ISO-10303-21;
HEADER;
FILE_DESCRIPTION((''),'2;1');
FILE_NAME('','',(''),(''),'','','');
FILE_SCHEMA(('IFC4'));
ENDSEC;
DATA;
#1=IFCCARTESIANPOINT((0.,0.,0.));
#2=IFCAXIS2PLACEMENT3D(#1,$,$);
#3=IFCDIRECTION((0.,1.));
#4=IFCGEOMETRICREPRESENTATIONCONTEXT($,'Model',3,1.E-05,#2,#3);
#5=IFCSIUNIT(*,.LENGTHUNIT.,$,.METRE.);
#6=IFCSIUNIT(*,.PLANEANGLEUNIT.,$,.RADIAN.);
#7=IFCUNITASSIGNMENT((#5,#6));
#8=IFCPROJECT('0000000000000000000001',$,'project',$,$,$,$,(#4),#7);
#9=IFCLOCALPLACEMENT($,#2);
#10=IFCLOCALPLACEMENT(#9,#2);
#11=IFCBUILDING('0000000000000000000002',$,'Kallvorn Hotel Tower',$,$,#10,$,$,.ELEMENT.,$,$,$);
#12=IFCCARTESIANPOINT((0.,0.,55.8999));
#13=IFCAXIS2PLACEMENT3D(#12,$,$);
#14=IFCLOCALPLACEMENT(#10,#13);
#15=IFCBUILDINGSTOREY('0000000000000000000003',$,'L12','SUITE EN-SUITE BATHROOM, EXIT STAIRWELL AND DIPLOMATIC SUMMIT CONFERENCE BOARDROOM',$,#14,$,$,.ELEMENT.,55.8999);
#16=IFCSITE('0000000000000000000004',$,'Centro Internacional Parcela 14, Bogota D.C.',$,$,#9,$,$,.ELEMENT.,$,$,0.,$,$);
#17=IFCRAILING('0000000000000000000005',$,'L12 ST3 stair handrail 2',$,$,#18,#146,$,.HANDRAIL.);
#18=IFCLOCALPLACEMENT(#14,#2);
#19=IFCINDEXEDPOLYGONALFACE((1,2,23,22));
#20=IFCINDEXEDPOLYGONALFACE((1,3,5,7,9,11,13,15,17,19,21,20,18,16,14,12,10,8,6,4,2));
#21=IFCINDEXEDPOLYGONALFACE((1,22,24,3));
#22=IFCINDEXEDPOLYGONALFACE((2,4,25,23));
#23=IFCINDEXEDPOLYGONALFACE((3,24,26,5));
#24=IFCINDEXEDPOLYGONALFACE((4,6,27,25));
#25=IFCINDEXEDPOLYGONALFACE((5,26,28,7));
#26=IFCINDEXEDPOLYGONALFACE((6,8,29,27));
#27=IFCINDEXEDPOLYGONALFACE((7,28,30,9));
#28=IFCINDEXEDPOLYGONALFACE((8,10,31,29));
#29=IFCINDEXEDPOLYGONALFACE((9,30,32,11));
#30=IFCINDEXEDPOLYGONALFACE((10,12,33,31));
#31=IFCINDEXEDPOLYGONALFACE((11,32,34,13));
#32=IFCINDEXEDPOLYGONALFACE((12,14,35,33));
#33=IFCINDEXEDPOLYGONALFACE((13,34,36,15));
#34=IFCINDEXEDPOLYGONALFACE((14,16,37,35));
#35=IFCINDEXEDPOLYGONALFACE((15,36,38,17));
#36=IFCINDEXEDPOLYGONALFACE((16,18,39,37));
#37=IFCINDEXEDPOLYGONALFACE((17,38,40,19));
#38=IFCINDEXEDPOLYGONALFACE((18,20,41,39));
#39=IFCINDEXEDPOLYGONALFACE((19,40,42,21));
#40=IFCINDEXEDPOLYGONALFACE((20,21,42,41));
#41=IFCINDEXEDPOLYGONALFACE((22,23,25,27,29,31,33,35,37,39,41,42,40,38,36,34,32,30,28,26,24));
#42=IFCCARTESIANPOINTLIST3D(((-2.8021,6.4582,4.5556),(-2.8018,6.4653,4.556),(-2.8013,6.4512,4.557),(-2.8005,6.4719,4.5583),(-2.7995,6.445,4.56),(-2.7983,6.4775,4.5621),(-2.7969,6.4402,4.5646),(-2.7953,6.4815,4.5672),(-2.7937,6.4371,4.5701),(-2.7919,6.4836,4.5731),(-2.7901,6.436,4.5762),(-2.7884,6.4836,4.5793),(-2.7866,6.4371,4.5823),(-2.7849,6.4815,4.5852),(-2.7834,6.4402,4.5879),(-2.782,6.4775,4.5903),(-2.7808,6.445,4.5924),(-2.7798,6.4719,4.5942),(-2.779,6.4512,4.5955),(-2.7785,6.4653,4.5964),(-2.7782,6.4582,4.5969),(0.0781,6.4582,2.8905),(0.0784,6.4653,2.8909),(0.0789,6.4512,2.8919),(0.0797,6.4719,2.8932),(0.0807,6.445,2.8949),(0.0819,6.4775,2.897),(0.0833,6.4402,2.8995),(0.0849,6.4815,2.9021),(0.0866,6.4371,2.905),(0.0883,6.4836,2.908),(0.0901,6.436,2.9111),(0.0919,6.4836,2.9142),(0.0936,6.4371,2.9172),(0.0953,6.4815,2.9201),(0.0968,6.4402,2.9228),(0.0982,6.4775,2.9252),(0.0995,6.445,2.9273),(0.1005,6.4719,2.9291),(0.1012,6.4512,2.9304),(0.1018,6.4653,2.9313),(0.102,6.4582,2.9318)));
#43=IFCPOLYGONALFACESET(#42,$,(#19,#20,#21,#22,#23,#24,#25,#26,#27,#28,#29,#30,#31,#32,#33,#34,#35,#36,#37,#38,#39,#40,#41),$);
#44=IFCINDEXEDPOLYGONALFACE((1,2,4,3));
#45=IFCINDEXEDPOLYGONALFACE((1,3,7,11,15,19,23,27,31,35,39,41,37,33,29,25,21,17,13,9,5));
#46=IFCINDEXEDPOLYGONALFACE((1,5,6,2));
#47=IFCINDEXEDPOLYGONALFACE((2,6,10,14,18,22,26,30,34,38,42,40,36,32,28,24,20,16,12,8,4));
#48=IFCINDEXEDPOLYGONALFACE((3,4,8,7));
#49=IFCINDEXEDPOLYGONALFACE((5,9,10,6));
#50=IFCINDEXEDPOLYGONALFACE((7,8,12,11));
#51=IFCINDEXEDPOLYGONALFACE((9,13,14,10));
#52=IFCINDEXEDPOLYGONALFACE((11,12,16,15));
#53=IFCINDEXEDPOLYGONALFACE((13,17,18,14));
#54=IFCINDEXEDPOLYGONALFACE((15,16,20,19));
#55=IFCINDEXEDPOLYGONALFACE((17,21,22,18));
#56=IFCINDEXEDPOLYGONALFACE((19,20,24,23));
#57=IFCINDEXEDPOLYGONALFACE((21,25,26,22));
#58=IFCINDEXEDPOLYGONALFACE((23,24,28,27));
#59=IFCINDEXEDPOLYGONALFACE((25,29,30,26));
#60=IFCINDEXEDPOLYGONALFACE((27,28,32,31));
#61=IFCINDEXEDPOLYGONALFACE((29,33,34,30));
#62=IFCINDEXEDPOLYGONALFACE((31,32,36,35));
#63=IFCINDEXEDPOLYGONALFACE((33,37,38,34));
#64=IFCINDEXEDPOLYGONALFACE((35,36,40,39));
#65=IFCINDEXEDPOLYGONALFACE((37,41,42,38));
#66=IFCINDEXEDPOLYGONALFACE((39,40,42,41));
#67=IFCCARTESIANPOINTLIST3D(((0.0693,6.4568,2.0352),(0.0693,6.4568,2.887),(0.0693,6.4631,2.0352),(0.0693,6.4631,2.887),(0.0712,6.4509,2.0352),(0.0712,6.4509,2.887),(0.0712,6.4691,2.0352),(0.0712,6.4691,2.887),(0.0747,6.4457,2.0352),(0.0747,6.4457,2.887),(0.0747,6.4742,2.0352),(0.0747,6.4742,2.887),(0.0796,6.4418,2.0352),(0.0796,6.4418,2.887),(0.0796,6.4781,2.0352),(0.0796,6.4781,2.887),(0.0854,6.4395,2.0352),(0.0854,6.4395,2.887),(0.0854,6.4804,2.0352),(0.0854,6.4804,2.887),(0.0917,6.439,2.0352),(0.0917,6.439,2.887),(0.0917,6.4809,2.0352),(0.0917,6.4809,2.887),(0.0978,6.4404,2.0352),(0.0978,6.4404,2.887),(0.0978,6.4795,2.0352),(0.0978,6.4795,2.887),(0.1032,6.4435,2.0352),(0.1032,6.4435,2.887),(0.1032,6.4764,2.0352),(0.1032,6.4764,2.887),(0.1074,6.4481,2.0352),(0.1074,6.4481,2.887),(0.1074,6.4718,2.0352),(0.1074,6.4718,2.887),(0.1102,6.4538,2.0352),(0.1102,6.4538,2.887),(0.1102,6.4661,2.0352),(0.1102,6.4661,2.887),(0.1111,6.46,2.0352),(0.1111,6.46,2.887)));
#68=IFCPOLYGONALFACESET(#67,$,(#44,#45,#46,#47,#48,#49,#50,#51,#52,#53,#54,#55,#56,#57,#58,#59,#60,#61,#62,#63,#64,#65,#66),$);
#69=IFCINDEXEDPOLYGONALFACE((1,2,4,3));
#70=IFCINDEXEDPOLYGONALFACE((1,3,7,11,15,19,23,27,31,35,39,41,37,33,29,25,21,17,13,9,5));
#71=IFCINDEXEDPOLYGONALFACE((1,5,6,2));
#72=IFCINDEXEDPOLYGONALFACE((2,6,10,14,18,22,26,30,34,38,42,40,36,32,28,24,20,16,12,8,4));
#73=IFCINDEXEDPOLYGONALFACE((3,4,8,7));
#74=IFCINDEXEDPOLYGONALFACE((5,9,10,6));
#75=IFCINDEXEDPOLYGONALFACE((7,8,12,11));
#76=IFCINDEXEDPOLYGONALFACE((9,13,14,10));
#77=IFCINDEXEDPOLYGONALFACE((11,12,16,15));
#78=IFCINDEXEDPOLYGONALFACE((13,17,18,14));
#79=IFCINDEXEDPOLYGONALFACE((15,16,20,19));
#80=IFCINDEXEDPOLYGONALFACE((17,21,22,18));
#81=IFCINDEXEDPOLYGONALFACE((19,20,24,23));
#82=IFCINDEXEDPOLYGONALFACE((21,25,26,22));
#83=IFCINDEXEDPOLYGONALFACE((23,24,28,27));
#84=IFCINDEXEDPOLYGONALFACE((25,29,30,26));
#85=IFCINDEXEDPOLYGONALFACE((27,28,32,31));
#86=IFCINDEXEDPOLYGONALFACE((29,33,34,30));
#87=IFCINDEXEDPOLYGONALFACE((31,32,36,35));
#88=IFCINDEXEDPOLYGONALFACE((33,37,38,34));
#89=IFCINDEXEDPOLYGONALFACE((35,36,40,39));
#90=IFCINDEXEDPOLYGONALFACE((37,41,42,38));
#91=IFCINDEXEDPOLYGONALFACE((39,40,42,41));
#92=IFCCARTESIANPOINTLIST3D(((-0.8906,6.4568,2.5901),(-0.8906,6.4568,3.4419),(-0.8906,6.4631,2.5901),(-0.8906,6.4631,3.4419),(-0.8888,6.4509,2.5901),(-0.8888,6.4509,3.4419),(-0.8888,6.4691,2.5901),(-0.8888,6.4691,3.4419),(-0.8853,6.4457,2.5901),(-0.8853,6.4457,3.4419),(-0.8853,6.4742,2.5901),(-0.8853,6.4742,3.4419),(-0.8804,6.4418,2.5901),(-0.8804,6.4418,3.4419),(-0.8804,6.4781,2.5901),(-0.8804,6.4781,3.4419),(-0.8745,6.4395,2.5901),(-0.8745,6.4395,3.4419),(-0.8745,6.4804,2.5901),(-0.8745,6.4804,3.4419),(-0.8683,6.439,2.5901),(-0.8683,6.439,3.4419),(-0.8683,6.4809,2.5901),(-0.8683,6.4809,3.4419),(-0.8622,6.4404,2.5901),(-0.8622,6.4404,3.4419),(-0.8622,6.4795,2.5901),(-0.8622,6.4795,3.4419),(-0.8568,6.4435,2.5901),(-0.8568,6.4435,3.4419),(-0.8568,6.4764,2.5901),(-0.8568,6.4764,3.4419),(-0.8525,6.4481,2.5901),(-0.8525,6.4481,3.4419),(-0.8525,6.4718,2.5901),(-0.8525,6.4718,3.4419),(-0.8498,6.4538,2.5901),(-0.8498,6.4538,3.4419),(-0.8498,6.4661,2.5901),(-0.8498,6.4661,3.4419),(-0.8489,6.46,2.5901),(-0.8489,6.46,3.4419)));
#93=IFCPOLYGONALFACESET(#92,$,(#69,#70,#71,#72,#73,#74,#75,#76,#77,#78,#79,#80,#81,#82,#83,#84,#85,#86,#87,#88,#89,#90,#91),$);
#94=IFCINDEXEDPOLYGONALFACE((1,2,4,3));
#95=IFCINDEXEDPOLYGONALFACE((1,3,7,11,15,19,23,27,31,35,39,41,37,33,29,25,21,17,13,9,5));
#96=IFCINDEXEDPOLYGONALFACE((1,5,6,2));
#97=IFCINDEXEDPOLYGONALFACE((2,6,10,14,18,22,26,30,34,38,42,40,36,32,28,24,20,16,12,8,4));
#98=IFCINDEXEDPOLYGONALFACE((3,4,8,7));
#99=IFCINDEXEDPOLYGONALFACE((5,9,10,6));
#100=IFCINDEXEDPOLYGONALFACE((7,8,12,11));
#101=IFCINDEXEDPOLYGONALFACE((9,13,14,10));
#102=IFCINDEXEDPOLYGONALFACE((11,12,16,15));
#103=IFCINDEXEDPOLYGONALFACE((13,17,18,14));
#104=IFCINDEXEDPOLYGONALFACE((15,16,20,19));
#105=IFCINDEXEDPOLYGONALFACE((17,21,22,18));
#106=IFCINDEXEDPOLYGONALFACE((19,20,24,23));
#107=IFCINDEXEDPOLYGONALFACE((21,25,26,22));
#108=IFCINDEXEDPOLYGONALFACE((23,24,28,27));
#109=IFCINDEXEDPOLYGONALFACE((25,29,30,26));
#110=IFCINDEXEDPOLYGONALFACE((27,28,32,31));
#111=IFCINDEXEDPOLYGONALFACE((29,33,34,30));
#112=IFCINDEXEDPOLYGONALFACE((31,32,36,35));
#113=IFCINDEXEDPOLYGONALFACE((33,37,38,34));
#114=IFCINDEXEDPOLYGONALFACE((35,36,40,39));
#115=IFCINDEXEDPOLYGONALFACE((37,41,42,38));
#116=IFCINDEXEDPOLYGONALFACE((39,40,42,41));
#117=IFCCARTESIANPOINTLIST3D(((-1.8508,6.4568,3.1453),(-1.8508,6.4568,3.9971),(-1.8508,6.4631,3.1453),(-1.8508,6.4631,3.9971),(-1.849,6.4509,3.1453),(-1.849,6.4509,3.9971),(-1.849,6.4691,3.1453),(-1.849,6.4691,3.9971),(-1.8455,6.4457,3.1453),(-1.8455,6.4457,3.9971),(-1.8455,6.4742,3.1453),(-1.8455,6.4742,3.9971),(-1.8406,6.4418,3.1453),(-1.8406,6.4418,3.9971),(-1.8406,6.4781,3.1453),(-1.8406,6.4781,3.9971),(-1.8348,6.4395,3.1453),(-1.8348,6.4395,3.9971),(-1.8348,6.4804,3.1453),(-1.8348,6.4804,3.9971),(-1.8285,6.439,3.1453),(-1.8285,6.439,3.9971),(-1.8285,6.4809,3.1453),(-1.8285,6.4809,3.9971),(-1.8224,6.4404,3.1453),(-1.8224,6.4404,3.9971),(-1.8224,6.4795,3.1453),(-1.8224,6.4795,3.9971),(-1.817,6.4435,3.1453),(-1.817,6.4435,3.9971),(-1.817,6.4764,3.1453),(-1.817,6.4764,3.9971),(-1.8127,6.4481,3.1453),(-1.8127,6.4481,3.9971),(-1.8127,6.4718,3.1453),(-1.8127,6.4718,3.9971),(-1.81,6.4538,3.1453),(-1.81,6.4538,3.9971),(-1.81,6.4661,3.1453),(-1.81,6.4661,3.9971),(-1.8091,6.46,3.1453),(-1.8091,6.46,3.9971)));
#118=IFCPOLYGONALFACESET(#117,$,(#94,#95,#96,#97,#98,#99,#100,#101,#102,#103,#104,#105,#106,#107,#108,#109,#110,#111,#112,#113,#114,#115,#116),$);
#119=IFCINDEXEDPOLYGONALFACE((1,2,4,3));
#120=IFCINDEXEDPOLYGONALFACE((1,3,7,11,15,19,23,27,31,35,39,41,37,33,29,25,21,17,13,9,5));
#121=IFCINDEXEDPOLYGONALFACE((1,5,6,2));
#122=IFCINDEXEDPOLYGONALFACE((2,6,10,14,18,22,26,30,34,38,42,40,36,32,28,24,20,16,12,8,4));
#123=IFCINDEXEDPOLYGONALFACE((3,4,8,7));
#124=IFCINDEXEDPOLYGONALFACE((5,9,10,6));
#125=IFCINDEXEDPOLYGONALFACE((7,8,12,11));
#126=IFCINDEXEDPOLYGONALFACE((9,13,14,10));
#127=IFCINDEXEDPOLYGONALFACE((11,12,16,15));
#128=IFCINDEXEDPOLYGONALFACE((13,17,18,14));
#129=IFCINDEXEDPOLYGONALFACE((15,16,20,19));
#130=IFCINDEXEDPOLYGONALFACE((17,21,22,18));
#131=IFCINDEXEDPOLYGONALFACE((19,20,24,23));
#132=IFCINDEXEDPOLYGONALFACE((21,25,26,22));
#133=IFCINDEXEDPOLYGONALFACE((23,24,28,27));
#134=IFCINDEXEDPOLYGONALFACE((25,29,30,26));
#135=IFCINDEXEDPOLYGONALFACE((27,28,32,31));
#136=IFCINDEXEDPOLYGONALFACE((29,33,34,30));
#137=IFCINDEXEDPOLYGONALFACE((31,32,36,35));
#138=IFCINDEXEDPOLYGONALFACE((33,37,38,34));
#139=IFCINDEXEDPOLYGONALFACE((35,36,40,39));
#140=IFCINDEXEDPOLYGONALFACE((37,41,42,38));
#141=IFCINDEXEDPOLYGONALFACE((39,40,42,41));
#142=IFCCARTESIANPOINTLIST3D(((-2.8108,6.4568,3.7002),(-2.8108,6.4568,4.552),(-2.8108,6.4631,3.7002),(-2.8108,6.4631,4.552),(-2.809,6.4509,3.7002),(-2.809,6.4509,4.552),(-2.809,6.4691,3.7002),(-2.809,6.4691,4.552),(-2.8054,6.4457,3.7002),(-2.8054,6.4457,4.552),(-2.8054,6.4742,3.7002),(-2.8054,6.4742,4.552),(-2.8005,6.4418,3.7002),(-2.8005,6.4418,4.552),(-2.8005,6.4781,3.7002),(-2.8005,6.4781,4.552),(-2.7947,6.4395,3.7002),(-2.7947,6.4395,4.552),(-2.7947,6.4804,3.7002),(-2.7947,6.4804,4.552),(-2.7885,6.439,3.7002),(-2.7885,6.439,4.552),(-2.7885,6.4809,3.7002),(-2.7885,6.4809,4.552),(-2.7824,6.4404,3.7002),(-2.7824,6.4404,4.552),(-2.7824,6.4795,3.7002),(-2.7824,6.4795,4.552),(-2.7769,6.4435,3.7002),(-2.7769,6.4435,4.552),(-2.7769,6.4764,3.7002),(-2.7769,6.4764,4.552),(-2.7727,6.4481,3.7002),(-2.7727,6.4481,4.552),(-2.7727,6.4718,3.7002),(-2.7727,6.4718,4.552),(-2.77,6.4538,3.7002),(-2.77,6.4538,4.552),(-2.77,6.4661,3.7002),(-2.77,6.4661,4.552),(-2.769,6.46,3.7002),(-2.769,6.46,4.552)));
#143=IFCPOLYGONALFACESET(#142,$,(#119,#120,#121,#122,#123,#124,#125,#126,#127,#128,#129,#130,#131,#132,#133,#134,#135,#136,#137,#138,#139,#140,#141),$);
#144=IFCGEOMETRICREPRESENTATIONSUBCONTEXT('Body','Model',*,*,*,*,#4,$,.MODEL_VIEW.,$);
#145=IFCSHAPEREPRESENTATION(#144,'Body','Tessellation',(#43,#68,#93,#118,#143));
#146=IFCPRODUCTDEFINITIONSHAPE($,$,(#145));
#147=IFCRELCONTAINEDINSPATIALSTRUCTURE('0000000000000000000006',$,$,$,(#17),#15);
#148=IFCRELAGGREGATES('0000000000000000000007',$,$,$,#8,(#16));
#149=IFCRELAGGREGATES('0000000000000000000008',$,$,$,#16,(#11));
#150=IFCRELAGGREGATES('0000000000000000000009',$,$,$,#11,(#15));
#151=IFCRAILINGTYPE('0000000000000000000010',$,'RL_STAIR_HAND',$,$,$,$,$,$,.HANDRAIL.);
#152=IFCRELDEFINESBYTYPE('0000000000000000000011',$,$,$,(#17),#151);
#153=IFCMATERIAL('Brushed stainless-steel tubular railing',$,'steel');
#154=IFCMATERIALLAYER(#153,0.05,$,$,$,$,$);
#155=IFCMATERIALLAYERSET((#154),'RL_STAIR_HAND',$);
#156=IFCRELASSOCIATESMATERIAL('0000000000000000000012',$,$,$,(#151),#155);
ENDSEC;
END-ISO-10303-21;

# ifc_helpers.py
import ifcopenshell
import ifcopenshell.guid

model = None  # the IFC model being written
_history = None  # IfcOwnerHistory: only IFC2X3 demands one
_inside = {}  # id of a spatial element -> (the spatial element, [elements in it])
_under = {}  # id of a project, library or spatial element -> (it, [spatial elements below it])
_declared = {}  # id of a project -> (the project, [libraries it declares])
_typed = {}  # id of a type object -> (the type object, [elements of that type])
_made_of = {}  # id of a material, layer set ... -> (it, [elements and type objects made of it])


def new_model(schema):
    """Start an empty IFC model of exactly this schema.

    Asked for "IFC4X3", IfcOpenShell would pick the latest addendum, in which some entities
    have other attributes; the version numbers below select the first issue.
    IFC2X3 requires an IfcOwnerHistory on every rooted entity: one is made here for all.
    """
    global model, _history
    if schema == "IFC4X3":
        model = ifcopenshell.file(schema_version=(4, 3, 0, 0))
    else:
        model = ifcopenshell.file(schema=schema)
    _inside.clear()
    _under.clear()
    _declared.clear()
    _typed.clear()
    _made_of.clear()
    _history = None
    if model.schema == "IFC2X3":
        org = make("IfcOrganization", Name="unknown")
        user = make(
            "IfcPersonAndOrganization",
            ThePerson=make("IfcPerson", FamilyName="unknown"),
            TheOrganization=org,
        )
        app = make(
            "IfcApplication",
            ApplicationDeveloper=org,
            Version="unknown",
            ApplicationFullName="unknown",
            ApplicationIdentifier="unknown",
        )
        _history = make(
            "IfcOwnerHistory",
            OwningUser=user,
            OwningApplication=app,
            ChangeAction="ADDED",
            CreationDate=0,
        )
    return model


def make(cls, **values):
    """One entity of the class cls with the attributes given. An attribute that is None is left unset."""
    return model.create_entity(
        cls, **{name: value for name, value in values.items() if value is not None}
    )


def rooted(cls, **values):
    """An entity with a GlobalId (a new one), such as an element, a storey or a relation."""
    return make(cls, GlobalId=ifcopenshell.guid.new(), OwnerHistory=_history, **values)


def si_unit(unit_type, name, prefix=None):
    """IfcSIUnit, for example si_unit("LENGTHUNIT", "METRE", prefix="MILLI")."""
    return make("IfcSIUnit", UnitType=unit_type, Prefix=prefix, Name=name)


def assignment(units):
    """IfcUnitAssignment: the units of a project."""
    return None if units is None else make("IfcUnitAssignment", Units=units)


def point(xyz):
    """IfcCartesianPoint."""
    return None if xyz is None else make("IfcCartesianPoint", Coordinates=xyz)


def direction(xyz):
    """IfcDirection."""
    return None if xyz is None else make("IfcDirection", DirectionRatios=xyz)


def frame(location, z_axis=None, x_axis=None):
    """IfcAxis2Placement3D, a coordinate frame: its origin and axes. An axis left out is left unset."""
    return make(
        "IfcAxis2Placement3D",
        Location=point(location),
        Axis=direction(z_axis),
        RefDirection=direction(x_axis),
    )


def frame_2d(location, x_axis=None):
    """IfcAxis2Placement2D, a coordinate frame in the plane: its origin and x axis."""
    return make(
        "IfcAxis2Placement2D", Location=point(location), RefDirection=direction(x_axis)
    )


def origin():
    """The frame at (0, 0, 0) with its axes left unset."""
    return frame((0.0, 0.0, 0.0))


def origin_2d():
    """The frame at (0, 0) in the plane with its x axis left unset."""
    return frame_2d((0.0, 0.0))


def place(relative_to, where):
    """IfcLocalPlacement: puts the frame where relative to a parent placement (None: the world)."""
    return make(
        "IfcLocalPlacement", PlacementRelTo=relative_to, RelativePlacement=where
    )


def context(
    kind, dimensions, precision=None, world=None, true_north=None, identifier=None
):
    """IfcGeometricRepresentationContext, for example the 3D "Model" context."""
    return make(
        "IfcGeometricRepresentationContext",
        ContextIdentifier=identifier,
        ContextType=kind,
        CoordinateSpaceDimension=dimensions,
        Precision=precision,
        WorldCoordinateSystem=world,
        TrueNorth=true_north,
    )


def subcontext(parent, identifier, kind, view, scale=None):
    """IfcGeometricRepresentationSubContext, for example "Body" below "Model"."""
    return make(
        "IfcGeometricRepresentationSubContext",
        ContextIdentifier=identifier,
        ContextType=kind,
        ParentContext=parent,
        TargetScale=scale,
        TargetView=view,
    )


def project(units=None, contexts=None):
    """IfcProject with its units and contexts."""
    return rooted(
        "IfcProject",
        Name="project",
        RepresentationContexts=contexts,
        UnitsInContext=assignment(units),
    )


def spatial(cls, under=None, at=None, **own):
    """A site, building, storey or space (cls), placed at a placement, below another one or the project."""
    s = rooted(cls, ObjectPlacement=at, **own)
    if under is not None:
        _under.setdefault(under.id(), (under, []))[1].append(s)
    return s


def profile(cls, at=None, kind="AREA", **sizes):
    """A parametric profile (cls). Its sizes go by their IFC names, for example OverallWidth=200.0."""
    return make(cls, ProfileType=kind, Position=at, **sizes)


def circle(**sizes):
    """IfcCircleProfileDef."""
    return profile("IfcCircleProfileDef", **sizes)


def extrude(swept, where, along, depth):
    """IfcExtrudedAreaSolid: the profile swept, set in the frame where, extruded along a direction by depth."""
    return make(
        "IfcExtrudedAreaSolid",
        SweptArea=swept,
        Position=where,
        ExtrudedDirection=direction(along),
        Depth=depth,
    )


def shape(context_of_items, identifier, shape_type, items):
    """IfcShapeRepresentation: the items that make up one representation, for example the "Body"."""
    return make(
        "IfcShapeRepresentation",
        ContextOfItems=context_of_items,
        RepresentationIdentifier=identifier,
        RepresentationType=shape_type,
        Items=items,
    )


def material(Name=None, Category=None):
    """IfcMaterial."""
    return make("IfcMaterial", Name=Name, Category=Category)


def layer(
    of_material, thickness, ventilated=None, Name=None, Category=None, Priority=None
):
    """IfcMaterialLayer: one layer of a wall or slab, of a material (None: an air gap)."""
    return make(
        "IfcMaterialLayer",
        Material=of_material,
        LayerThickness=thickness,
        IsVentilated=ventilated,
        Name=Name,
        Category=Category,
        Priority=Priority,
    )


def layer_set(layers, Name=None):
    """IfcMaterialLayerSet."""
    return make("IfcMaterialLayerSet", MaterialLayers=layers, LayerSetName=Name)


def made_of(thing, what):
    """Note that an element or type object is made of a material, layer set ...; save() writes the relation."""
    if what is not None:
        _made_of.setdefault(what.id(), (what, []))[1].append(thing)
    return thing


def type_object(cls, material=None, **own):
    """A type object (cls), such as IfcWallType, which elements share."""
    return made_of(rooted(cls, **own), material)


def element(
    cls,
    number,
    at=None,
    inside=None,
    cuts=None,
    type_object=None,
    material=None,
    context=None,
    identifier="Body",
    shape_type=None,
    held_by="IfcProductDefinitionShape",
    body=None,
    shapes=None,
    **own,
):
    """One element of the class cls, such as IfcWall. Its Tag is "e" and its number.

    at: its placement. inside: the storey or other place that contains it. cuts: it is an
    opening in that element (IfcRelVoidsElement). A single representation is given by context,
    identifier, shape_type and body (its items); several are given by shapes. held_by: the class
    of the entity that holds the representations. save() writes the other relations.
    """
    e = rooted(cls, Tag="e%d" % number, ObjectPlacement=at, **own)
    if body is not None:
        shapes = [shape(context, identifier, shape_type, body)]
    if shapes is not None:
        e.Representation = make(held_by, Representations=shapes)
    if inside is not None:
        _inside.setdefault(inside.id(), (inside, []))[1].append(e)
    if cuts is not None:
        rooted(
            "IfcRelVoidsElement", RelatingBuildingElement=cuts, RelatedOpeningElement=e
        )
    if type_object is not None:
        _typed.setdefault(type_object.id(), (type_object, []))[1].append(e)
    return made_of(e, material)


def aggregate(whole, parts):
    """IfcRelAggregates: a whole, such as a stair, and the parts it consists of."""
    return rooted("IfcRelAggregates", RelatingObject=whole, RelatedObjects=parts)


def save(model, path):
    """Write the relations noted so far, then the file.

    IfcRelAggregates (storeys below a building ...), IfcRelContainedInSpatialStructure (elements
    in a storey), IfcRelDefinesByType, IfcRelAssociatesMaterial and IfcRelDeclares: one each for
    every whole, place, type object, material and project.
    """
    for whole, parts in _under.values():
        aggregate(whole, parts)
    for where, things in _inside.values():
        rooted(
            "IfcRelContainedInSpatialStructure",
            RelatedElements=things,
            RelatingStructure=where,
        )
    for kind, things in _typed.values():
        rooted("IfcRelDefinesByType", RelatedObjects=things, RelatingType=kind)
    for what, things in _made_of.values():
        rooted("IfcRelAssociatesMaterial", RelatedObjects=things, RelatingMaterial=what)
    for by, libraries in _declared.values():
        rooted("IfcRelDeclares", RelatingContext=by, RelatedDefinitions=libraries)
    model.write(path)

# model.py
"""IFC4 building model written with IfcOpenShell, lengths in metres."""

from ifc_helpers import new_model, si_unit, direction, frame, origin, origin_2d, place, context, subcontext, project, spatial, circle, extrude, material, layer, layer_set, type_object, element, save


model = new_model("IFC4")

# Units and contexts
model_context = context("Model", 3, precision=1e-05, world=origin(), true_north=direction((0.0, 1.0)))
body_context = subcontext(model_context, "Body", "Model", "MODEL_VIEW")
ifc_project = project(units=[si_unit("LENGTHUNIT", "METRE"), si_unit("PLANEANGLEUNIT", "RADIAN")], contexts=[model_context])

# Site, building, storey
site_placement = place(None, origin())
site = spatial("IfcSite", under=ifc_project, at=site_placement, Name="Centro Internacional Parcela 14, Bogota D.C.", CompositionType="ELEMENT", RefElevation=0.0)
building_placement = place(site_placement, origin())
building = spatial("IfcBuilding", under=site, at=building_placement, Name="Kallvorn Hotel Tower", CompositionType="ELEMENT")
storey_placement = place(building_placement, frame((0.0, 0.0, 55.8999)))
storey = spatial("IfcBuildingStorey", under=building, at=storey_placement, Name="L12", Description="SUITE EN-SUITE BATHROOM, EXIT STAIRWELL AND DIPLOMATIC SUMMIT CONFERENCE BOARDROOM", CompositionType="ELEMENT", Elevation=55.8999)

# Railing
ifc_material_1 = material(Name="Brushed stainless-steel tubular railing", Category="steel")
ifc_layer_1 = layer(ifc_material_1, 0.05)
ifc_layer_set_1 = layer_set([ifc_layer_1], Name="RL_STAIR_HAND")
railing_type_1 = type_object("IfcRailingType", Name="RL_STAIR_HAND", PredefinedType="HANDRAIL", material=ifc_layer_set_1)
railing_1_placement = place(storey_placement, frame((0.0901, 6.46, 2.0352)))
element("IfcRailing", 1, at=railing_1_placement, inside=storey, type_object=railing_type_1, Name="L12 ST3 stair handrail 2", PredefinedType="HANDRAIL", context=body_context, shape_type="SweptSolid", body=[
    extrude(circle(Radius=0.0239, at=origin_2d()), frame((0.0, 0.0, 0.876), z_axis=(-0.865739, 0.0, 0.500495), x_axis=(0.0, -1.0, 0.0)), (0.0, 0.0, 1.0), 3.3269),
    extrude(circle(Radius=0.021, at=origin_2d()), origin(), (0.0, 0.0, 1.0), 0.8518),
    extrude(circle(Radius=0.021, at=origin_2d()), frame((-0.96, 0.0, 0.5549)), (0.0, 0.0, 1.0), 0.8518),
    extrude(circle(Radius=0.021, at=origin_2d()), frame((-1.9202, 0.0, 1.1101)), (0.0, 0.0, 1.0), 0.8518),
    extrude(circle(Radius=0.021, at=origin_2d()), frame((-2.8801, 0.0, 1.665)), (0.0, 0.0, 1.0), 0.8518),
])

save(model, "model.ifc")
